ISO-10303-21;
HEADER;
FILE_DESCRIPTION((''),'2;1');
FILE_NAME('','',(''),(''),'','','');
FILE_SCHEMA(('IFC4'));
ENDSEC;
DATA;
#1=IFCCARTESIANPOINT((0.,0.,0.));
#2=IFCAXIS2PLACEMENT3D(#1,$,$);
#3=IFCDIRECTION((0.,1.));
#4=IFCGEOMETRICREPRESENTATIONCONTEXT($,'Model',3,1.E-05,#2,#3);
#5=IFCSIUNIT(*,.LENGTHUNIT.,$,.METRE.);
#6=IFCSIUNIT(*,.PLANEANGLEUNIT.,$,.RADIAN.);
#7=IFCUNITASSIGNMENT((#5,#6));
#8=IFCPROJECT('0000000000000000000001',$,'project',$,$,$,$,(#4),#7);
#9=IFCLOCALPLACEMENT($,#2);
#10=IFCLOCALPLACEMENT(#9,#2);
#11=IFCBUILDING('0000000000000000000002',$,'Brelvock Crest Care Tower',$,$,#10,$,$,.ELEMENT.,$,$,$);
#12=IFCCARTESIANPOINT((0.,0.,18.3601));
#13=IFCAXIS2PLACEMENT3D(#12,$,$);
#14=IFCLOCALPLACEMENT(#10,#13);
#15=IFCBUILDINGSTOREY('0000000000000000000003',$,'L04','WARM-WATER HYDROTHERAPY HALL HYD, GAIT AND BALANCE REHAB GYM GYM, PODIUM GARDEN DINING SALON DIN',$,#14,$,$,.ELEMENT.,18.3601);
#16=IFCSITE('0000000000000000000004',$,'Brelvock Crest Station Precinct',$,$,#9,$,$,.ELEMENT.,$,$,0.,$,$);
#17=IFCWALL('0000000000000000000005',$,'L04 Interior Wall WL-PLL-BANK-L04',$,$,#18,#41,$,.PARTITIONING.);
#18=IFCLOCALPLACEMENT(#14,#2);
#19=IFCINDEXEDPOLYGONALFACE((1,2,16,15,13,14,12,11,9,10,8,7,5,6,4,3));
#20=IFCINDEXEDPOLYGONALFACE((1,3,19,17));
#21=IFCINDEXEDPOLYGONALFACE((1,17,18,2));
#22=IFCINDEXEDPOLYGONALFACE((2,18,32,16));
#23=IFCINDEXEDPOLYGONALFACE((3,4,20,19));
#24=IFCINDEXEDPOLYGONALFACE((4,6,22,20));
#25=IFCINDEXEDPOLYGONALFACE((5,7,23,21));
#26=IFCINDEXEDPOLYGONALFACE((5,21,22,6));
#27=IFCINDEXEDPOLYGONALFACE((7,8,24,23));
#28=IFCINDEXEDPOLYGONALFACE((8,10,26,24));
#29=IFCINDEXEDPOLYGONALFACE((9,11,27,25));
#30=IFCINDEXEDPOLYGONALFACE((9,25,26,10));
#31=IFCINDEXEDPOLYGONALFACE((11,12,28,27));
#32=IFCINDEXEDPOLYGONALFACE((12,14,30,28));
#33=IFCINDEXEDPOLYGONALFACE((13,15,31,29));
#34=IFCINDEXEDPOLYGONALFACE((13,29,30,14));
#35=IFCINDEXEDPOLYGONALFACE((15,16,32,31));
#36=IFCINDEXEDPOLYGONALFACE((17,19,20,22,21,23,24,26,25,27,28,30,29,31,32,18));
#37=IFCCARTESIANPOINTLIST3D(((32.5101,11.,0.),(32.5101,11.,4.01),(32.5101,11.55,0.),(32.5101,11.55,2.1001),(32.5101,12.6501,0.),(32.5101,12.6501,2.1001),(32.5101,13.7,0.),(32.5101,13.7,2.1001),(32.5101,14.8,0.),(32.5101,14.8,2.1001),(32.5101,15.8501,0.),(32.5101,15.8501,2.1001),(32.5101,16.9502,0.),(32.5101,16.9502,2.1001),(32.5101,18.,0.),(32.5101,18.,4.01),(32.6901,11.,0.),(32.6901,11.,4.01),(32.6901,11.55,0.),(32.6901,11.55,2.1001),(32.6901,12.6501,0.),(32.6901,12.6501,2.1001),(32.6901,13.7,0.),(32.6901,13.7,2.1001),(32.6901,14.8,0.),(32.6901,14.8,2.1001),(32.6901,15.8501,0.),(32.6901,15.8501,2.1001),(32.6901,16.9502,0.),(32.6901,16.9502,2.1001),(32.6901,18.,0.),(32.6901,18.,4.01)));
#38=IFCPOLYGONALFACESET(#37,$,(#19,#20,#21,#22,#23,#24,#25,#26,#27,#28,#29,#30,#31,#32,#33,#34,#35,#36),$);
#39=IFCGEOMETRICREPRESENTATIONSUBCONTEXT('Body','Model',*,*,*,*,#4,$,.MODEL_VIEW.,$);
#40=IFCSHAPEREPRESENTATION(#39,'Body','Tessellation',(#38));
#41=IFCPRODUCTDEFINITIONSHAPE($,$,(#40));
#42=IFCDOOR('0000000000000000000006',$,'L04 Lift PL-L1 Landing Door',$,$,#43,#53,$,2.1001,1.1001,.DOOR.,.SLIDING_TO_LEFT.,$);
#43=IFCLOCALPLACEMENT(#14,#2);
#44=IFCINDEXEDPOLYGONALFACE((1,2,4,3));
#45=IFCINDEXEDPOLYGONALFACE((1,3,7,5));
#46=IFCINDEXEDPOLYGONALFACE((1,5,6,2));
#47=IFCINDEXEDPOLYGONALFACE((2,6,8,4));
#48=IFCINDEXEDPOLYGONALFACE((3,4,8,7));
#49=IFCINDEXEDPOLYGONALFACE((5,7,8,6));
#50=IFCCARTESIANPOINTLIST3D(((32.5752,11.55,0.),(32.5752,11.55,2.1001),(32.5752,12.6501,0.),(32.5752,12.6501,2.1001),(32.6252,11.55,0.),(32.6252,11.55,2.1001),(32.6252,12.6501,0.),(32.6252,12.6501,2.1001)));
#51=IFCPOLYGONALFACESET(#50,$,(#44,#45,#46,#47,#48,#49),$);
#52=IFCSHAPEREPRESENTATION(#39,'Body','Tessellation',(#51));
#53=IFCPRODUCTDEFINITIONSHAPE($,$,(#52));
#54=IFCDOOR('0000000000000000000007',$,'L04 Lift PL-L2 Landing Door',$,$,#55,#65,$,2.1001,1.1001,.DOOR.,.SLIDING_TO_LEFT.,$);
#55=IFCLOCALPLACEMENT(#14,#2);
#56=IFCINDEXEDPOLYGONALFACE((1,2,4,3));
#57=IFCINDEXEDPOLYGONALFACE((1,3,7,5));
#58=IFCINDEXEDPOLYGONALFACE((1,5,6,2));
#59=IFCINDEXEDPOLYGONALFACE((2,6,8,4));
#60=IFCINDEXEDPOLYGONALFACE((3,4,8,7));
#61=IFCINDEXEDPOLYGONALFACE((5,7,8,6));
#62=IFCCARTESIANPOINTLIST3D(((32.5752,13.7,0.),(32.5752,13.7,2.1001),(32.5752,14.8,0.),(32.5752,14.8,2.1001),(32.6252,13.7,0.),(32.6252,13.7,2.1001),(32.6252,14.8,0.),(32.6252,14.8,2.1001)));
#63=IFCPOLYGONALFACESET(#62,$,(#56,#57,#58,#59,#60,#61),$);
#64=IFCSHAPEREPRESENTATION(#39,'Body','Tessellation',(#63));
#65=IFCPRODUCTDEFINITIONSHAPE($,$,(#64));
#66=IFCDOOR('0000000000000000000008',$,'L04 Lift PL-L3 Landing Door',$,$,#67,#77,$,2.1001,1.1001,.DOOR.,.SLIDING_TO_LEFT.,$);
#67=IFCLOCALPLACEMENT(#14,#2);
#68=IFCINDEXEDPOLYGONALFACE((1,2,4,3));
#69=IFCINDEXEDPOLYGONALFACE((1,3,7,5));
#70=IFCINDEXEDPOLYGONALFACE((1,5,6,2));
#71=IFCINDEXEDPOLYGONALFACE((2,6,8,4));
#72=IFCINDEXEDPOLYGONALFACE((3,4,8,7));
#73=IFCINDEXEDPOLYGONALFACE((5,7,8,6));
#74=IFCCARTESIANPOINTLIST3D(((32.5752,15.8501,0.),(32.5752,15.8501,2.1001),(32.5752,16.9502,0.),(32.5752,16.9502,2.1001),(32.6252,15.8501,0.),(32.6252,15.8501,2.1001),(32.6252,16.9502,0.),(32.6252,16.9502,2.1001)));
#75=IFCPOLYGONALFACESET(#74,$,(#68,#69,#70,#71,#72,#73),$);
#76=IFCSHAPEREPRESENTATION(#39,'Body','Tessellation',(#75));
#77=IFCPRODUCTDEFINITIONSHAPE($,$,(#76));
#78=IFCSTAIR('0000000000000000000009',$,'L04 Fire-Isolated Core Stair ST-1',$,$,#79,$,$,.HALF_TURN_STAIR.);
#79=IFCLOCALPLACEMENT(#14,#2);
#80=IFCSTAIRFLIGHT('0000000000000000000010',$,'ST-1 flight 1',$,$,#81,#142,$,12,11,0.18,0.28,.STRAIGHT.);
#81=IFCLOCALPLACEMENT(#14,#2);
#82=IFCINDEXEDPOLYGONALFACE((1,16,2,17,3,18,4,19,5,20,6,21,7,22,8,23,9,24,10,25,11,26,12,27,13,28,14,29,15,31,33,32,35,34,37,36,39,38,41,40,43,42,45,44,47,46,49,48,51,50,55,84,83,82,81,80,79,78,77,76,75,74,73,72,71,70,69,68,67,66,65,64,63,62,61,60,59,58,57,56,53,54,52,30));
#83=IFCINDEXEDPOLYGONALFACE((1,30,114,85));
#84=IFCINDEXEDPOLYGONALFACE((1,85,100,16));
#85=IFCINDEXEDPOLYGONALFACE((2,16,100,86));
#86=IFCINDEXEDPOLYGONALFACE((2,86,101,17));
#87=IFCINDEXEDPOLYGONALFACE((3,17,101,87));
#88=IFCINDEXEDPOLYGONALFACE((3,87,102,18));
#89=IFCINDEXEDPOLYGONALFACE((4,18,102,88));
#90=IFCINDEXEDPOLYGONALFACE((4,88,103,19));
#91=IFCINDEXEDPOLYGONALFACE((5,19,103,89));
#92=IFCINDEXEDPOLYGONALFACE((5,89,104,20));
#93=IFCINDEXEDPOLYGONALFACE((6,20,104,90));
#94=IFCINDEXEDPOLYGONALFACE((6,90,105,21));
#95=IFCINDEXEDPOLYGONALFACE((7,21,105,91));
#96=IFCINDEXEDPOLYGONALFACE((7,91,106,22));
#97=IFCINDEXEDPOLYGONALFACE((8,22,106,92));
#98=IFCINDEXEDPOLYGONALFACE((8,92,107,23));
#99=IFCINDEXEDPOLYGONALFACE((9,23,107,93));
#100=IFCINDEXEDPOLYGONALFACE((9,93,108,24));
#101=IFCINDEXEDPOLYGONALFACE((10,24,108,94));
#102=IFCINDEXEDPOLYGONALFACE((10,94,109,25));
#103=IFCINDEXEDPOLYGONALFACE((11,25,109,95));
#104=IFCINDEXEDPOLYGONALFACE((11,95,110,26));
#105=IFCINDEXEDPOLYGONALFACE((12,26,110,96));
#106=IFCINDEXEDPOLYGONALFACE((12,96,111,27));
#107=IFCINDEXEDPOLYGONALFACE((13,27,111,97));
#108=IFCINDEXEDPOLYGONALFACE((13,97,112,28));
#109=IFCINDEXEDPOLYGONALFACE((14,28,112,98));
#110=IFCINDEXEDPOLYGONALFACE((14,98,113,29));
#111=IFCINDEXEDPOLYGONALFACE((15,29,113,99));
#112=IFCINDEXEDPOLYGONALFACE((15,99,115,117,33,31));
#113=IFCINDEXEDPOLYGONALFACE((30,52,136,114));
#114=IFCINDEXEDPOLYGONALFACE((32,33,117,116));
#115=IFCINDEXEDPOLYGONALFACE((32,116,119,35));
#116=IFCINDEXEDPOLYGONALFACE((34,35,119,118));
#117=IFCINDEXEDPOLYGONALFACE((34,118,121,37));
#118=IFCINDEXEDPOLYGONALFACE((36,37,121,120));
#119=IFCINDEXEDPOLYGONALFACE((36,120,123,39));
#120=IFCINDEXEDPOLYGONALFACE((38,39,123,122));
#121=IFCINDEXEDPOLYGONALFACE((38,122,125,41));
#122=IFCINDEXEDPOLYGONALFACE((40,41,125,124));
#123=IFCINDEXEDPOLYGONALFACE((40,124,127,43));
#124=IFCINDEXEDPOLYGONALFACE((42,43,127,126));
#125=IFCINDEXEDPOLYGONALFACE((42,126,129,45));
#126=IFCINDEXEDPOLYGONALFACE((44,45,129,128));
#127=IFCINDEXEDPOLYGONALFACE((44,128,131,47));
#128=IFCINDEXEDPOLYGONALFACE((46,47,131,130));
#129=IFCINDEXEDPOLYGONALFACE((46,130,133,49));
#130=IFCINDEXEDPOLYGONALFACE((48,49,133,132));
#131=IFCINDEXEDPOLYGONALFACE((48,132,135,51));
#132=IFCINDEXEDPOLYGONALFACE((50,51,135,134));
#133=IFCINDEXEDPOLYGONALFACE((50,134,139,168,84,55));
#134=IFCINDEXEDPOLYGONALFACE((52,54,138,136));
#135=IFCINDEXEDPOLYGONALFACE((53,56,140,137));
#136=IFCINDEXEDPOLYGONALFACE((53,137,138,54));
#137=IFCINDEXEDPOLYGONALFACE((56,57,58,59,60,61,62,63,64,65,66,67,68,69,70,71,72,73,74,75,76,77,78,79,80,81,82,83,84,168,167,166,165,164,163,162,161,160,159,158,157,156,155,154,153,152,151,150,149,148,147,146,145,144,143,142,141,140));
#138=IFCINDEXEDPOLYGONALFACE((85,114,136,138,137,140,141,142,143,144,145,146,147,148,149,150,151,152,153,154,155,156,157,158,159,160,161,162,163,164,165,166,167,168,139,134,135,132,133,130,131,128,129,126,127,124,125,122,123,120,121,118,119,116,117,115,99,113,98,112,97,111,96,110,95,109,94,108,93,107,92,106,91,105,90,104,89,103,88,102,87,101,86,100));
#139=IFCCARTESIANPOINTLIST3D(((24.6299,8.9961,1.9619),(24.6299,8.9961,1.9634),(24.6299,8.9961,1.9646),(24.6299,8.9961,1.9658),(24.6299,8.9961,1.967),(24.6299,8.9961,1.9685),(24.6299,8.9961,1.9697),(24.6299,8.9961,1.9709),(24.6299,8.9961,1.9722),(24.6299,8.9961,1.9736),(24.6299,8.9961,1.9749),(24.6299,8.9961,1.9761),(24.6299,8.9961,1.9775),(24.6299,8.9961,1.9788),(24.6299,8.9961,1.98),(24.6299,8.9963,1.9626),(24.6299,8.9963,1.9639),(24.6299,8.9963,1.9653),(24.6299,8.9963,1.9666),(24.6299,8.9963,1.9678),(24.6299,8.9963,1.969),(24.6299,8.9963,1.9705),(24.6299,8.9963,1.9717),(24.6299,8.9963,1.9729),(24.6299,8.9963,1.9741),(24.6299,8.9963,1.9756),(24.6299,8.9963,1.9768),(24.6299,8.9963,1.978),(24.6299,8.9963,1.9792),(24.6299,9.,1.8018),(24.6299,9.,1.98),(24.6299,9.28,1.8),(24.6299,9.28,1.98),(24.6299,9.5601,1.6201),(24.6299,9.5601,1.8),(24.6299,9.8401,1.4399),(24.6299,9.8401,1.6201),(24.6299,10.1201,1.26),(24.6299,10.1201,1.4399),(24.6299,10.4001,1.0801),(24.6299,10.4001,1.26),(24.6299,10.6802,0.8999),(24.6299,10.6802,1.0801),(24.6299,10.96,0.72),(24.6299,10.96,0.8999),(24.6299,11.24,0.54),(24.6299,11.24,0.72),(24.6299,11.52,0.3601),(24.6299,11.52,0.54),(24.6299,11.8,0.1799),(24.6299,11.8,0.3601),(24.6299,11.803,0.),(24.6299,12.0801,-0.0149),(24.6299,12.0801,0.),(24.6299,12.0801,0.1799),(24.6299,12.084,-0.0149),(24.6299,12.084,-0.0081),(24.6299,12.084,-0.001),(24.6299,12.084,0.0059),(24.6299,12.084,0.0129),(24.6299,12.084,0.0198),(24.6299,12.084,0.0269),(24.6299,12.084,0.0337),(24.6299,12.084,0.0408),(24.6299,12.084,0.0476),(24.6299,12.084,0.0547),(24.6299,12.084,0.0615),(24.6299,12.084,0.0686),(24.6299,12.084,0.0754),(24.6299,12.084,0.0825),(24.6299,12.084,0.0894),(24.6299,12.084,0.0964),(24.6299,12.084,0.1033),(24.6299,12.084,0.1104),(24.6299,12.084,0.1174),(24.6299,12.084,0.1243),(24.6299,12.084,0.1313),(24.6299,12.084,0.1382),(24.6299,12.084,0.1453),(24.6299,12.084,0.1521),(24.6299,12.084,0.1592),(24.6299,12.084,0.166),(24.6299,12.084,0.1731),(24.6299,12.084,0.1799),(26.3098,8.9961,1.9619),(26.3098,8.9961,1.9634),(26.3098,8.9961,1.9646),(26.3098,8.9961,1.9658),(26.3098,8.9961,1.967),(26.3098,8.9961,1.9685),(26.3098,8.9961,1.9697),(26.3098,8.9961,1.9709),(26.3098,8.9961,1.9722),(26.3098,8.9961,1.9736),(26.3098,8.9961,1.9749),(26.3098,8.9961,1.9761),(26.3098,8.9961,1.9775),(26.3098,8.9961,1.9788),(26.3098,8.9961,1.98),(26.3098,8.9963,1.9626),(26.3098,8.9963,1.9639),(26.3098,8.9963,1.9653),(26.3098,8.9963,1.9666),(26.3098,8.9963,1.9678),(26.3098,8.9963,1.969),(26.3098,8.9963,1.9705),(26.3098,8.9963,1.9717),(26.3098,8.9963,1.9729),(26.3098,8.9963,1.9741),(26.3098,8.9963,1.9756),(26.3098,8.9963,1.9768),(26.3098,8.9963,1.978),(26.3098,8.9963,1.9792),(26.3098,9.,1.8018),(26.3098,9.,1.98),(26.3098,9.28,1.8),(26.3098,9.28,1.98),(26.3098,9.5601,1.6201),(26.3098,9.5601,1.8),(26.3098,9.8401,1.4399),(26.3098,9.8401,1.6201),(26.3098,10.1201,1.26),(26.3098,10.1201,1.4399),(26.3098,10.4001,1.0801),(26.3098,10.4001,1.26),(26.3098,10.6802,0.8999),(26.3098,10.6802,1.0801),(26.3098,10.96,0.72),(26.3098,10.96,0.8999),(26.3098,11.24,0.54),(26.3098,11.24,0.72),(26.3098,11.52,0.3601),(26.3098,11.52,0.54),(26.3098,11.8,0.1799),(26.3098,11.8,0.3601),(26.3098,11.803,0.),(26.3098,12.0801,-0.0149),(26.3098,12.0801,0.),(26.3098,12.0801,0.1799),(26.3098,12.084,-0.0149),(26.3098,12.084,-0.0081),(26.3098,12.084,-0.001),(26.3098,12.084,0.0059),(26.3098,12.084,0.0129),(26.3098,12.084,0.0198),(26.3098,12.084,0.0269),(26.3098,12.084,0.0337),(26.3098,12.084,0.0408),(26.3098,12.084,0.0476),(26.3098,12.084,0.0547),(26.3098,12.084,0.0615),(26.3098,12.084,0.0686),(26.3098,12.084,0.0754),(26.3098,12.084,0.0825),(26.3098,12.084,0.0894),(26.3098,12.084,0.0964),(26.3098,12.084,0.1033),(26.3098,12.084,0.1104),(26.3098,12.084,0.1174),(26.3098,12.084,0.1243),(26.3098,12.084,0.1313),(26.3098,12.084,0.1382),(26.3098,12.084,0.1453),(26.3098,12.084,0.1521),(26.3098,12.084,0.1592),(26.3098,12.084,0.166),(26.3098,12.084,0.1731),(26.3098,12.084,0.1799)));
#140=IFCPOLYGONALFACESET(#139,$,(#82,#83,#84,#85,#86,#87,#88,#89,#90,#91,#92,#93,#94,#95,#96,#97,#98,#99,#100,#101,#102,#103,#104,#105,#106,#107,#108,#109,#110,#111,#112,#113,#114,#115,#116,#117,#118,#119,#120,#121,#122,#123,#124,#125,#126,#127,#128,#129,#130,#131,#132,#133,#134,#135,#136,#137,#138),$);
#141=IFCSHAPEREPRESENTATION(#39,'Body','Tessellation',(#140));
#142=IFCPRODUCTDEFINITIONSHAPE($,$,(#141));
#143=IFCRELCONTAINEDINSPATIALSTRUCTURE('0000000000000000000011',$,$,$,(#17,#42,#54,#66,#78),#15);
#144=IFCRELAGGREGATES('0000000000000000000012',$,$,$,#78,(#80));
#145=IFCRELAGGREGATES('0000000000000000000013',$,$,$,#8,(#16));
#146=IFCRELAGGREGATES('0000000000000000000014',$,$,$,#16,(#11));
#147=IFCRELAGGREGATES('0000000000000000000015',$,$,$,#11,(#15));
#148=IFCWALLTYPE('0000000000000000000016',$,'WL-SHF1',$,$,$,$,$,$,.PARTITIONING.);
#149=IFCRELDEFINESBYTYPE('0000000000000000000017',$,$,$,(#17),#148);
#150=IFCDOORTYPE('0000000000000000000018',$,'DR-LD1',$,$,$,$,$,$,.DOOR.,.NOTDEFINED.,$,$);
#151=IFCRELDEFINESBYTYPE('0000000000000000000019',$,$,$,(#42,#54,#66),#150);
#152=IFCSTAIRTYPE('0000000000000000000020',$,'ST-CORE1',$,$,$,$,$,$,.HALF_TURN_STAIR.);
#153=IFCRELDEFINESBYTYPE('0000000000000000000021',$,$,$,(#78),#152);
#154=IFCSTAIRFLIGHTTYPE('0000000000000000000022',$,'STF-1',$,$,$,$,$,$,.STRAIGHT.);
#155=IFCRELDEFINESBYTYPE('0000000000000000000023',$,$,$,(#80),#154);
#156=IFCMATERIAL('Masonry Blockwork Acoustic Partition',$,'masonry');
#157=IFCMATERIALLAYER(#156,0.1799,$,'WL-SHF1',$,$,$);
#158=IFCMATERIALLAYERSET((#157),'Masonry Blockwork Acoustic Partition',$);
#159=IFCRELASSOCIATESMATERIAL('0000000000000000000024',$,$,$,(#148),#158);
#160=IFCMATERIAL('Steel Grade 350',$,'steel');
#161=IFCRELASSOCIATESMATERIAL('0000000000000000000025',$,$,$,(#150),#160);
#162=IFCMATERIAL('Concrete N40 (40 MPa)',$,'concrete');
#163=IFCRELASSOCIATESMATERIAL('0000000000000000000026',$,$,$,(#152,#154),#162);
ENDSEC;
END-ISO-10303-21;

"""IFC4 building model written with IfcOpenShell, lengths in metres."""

from ifc_helpers import new_model, si_unit, direction, frame, frame_2d, origin, origin_2d, place, context, subcontext, project, spatial, polyline, rectangle, outline, extrude, source, transform, mapped, material, layer, layer_set, type_object, element, fill, aggregate, save


model = new_model("IFC4")

# Units and contexts
model_context = context("Model", 3, precision=1e-05, world=origin(), true_north=direction((0.0, 1.0)))
body_context = subcontext(model_context, "Body", "Model", "MODEL_VIEW")
ifc_project = project(units=[si_unit("LENGTHUNIT", "METRE"), si_unit("PLANEANGLEUNIT", "RADIAN")], contexts=[model_context])

# Site, building, storey
site_placement = place(None, origin())
site = spatial("IfcSite", under=ifc_project, at=site_placement, Name="Brelvock Crest Station Precinct", CompositionType="ELEMENT", RefElevation=0.0)
building_placement = place(site_placement, origin())
building = spatial("IfcBuilding", under=site, at=building_placement, Name="Brelvock Crest Care Tower", CompositionType="ELEMENT")
storey_placement = place(building_placement, frame((0.0, 0.0, 18.3601)))
storey = spatial("IfcBuildingStorey", under=building, at=storey_placement, Name="L04", Description="WARM-WATER HYDROTHERAPY HALL HYD, GAIT AND BALANCE REHAB GYM GYM, PODIUM GARDEN DINING SALON DIN", CompositionType="ELEMENT", Elevation=18.3601)

# Shared definitions
ifc_material_1 = material(Name="Steel Grade 350", Category="steel")

# Shared definitions
ifc_material_2 = material(Name="Masonry Blockwork Acoustic Partition", Category="masonry")
ifc_layer_1 = layer(ifc_material_2, 0.1799, Name="WL-SHF1")
ifc_layer_set_1 = layer_set([ifc_layer_1], Name="Masonry Blockwork Acoustic Partition")
wall_type_1 = type_object("IfcWallType", Name="WL-SHF1", PredefinedType="PARTITIONING", material=ifc_layer_set_1)

# Shared definitions
door_type_1 = type_object("IfcDoorType", Name="DR-LD1", OperationType="NOTDEFINED", PredefinedType="DOOR", material=ifc_material_1)
shared_shape_1 = source(origin(), body_context, "Body", "SweptSolid", [
    extrude(rectangle(XDim=1.1001, YDim=2.1001, at=origin_2d()), frame((0.55, 0.0249, 1.05), z_axis=(0.0, -1.0, 0.0), x_axis=(1.0, 0.0, 0.0)), (0.0, 0.0, 1.0), 0.05),
])

# Wall, openings, doors
wall_1_placement = place(storey_placement, frame((32.6001, 11.0, 0.0), z_axis=(0.0, 0.0, 1.0), x_axis=(0.0, 1.0, 0.0)))
wall_1 = element("IfcWall", 1, at=wall_1_placement, inside=storey, type_object=wall_type_1, Name="L04 Interior Wall WL-PLL-BANK-L04", PredefinedType="PARTITIONING", context=body_context, shape_type="SweptSolid", body=[
    extrude(rectangle(XDim=7.0, YDim=0.1799, at=frame_2d((3.5, 0.0))), origin(), (0.0, 0.0, 1.0), 4.01),
])
opening_1_placement = place(wall_1_placement, frame((0.55, 0.0, 0.0)))
opening_1 = element("IfcOpeningElement", 2, at=opening_1_placement, cuts=wall_1, PredefinedType="OPENING", context=body_context, shape_type="SweptSolid", body=[
    extrude(rectangle(XDim=1.1001, YDim=2.1001, at=origin_2d()), frame((0.55, 0.1001, 1.05), z_axis=(0.0, -1.0, 0.0), x_axis=(1.0, 0.0, 0.0)), (0.0, 0.0, 1.0), 0.2),
])
opening_2_placement = place(wall_1_placement, frame((2.7, 0.0, 0.0)))
opening_2 = element("IfcOpeningElement", 3, at=opening_2_placement, cuts=wall_1, PredefinedType="OPENING", context=body_context, shape_type="SweptSolid", body=[
    extrude(rectangle(XDim=1.1001, YDim=2.1001, at=origin_2d()), frame((0.55, 0.1001, 1.05), z_axis=(0.0, -1.0, 0.0), x_axis=(1.0, 0.0, 0.0)), (0.0, 0.0, 1.0), 0.2),
])
opening_3_placement = place(wall_1_placement, frame((4.8501, 0.0, 0.0)))
opening_3 = element("IfcOpeningElement", 4, at=opening_3_placement, cuts=wall_1, PredefinedType="OPENING", context=body_context, shape_type="SweptSolid", body=[
    extrude(rectangle(XDim=1.1001, YDim=2.1001, at=origin_2d()), frame((0.55, 0.1001, 1.05), z_axis=(0.0, -1.0, 0.0), x_axis=(1.0, 0.0, 0.0)), (0.0, 0.0, 1.0), 0.2),
])
door_1_placement = place(opening_1_placement, origin())
door_1 = element("IfcDoor", 5, at=door_1_placement, inside=storey, type_object=door_type_1, Name="L04 Lift PL-L1 Landing Door", OperationType="SLIDING_TO_LEFT", OverallHeight=2.1001, OverallWidth=1.1001, PredefinedType="DOOR", context=body_context, shape_type="MappedRepresentation", body=[
    mapped(shared_shape_1, transform((0.0, 0.0, 0.0), x_axis=(1.0, 0.0, 0.0), y_axis=(0.0, 1.0, 0.0), z_axis=(0.0, 0.0, 1.0), scale=1.0)),
])
fill(opening_1, door_1)
door_2_placement = place(opening_2_placement, origin())
door_2 = element("IfcDoor", 6, at=door_2_placement, inside=storey, type_object=door_type_1, Name="L04 Lift PL-L2 Landing Door", OperationType="SLIDING_TO_LEFT", OverallHeight=2.1001, OverallWidth=1.1001, PredefinedType="DOOR", context=body_context, shape_type="MappedRepresentation", body=[
    mapped(shared_shape_1, transform((0.0, 0.0, 0.0), x_axis=(1.0, 0.0, 0.0), y_axis=(0.0, 1.0, 0.0), z_axis=(0.0, 0.0, 1.0), scale=1.0)),
])
fill(opening_2, door_2)
door_3_placement = place(opening_3_placement, origin())
door_3 = element("IfcDoor", 7, at=door_3_placement, inside=storey, type_object=door_type_1, Name="L04 Lift PL-L3 Landing Door", OperationType="SLIDING_TO_LEFT", OverallHeight=2.1001, OverallWidth=1.1001, PredefinedType="DOOR", context=body_context, shape_type="MappedRepresentation", body=[
    mapped(shared_shape_1, transform((0.0, 0.0, 0.0), x_axis=(1.0, 0.0, 0.0), y_axis=(0.0, 1.0, 0.0), z_axis=(0.0, 0.0, 1.0), scale=1.0)),
])
fill(opening_3, door_3)

# Stair, stair flight
ifc_material_3 = material(Name="Concrete N40 (40 MPa)", Category="concrete")
stair_type = type_object("IfcStairType", Name="ST-CORE1", PredefinedType="HALF_TURN_STAIR", material=ifc_material_3)
stair_placement = place(storey_placement, origin())
stair = element("IfcStair", 8, at=stair_placement, inside=storey, type_object=stair_type, Name="L04 Fire-Isolated Core Stair ST-1", PredefinedType="HALF_TURN_STAIR")
stair_flight_type = type_object("IfcStairFlightType", Name="STF-1", PredefinedType="STRAIGHT", material=ifc_material_3)
stair_flight_1_placement = place(storey_placement, frame((25.47, 12.0801, 0.0), z_axis=(0.0, 0.0, 1.0), x_axis=(0.0, -1.0, 0.0)))
stair_flight_1 = element("IfcStairFlight", 9, at=stair_flight_1_placement, type_object=stair_flight_type, Name="ST-1 flight 1", NumberOfRisers=12, NumberOfTreads=11, PredefinedType="STRAIGHT", RiserHeight=0.18, TreadLength=0.28, context=body_context, shape_type="SweptSolid", body=[
    extrude(outline(polyline([(-0.0039, -0.0149), (-0.0039, -0.0081), (-0.0039, -0.001), (-0.0039, 0.0059), (-0.0039, 0.0129), (-0.0039, 0.0198), (-0.0039, 0.0269), (-0.0039, 0.0337), (-0.0039, 0.0408), (-0.0039, 0.0476), (-0.0039, 0.0547), (-0.0039, 0.0615), (-0.0039, 0.0686), (-0.0039, 0.0754), (-0.0039, 0.0825), (-0.0039, 0.0894), (-0.0039, 0.0964), (-0.0039, 0.1033), (-0.0039, 0.1104), (-0.0039, 0.1174), (-0.0039, 0.1243), (-0.0039, 0.1313), (-0.0039, 0.1382), (-0.0039, 0.1453), (-0.0039, 0.1521), (-0.0039, 0.1592), (-0.0039, 0.166), (-0.0039, 0.1731), (-0.0039, 0.1799), (0.0, 0.1799), (0.28, 0.1799), (0.28, 0.3601), (0.5601, 0.3601), (0.5601, 0.54), (0.8401, 0.54), (0.8401, 0.72), (1.1201, 0.72), (1.1201, 0.8999), (1.3999, 0.8999), (1.3999, 1.0801), (1.6799, 1.0801), (1.6799, 1.26), (1.96, 1.26), (1.96, 1.4399), (2.24, 1.4399), (2.24, 1.6201), (2.52, 1.6201), (2.52, 1.8), (2.8, 1.8), (2.8, 1.98), (3.0801, 1.98), (3.084, 1.98), (3.0837, 1.9792), (3.084, 1.9788), (3.0837, 1.978), (3.084, 1.9775), (3.0837, 1.9768), (3.084, 1.9761), (3.0837, 1.9756), (3.084, 1.9749), (3.0837, 1.9741), (3.084, 1.9736), (3.0837, 1.9729), (3.084, 1.9722), (3.0837, 1.9717), (3.084, 1.9709), (3.0837, 1.9705), (3.084, 1.9697), (3.0837, 1.969), (3.084, 1.9685), (3.0837, 1.9678), (3.084, 1.967), (3.0837, 1.9666), (3.084, 1.9658), (3.0837, 1.9653), (3.084, 1.9646), (3.0837, 1.9639), (3.084, 1.9634), (3.0837, 1.9626), (3.084, 1.9619), (3.0801, 1.8018), (0.2771, 0.0), (0.0, 0.0), (0.0, -0.0149), (-0.0039, -0.0149)])), frame((0.0, 0.8398, 0.0), z_axis=(0.0, -1.0, 0.0), x_axis=(1.0, 0.0, 0.0)), (0.0, 0.0, 1.0), 1.6799),
])
aggregate(stair, [stair_flight_1])

save(model, "model.ifc")
